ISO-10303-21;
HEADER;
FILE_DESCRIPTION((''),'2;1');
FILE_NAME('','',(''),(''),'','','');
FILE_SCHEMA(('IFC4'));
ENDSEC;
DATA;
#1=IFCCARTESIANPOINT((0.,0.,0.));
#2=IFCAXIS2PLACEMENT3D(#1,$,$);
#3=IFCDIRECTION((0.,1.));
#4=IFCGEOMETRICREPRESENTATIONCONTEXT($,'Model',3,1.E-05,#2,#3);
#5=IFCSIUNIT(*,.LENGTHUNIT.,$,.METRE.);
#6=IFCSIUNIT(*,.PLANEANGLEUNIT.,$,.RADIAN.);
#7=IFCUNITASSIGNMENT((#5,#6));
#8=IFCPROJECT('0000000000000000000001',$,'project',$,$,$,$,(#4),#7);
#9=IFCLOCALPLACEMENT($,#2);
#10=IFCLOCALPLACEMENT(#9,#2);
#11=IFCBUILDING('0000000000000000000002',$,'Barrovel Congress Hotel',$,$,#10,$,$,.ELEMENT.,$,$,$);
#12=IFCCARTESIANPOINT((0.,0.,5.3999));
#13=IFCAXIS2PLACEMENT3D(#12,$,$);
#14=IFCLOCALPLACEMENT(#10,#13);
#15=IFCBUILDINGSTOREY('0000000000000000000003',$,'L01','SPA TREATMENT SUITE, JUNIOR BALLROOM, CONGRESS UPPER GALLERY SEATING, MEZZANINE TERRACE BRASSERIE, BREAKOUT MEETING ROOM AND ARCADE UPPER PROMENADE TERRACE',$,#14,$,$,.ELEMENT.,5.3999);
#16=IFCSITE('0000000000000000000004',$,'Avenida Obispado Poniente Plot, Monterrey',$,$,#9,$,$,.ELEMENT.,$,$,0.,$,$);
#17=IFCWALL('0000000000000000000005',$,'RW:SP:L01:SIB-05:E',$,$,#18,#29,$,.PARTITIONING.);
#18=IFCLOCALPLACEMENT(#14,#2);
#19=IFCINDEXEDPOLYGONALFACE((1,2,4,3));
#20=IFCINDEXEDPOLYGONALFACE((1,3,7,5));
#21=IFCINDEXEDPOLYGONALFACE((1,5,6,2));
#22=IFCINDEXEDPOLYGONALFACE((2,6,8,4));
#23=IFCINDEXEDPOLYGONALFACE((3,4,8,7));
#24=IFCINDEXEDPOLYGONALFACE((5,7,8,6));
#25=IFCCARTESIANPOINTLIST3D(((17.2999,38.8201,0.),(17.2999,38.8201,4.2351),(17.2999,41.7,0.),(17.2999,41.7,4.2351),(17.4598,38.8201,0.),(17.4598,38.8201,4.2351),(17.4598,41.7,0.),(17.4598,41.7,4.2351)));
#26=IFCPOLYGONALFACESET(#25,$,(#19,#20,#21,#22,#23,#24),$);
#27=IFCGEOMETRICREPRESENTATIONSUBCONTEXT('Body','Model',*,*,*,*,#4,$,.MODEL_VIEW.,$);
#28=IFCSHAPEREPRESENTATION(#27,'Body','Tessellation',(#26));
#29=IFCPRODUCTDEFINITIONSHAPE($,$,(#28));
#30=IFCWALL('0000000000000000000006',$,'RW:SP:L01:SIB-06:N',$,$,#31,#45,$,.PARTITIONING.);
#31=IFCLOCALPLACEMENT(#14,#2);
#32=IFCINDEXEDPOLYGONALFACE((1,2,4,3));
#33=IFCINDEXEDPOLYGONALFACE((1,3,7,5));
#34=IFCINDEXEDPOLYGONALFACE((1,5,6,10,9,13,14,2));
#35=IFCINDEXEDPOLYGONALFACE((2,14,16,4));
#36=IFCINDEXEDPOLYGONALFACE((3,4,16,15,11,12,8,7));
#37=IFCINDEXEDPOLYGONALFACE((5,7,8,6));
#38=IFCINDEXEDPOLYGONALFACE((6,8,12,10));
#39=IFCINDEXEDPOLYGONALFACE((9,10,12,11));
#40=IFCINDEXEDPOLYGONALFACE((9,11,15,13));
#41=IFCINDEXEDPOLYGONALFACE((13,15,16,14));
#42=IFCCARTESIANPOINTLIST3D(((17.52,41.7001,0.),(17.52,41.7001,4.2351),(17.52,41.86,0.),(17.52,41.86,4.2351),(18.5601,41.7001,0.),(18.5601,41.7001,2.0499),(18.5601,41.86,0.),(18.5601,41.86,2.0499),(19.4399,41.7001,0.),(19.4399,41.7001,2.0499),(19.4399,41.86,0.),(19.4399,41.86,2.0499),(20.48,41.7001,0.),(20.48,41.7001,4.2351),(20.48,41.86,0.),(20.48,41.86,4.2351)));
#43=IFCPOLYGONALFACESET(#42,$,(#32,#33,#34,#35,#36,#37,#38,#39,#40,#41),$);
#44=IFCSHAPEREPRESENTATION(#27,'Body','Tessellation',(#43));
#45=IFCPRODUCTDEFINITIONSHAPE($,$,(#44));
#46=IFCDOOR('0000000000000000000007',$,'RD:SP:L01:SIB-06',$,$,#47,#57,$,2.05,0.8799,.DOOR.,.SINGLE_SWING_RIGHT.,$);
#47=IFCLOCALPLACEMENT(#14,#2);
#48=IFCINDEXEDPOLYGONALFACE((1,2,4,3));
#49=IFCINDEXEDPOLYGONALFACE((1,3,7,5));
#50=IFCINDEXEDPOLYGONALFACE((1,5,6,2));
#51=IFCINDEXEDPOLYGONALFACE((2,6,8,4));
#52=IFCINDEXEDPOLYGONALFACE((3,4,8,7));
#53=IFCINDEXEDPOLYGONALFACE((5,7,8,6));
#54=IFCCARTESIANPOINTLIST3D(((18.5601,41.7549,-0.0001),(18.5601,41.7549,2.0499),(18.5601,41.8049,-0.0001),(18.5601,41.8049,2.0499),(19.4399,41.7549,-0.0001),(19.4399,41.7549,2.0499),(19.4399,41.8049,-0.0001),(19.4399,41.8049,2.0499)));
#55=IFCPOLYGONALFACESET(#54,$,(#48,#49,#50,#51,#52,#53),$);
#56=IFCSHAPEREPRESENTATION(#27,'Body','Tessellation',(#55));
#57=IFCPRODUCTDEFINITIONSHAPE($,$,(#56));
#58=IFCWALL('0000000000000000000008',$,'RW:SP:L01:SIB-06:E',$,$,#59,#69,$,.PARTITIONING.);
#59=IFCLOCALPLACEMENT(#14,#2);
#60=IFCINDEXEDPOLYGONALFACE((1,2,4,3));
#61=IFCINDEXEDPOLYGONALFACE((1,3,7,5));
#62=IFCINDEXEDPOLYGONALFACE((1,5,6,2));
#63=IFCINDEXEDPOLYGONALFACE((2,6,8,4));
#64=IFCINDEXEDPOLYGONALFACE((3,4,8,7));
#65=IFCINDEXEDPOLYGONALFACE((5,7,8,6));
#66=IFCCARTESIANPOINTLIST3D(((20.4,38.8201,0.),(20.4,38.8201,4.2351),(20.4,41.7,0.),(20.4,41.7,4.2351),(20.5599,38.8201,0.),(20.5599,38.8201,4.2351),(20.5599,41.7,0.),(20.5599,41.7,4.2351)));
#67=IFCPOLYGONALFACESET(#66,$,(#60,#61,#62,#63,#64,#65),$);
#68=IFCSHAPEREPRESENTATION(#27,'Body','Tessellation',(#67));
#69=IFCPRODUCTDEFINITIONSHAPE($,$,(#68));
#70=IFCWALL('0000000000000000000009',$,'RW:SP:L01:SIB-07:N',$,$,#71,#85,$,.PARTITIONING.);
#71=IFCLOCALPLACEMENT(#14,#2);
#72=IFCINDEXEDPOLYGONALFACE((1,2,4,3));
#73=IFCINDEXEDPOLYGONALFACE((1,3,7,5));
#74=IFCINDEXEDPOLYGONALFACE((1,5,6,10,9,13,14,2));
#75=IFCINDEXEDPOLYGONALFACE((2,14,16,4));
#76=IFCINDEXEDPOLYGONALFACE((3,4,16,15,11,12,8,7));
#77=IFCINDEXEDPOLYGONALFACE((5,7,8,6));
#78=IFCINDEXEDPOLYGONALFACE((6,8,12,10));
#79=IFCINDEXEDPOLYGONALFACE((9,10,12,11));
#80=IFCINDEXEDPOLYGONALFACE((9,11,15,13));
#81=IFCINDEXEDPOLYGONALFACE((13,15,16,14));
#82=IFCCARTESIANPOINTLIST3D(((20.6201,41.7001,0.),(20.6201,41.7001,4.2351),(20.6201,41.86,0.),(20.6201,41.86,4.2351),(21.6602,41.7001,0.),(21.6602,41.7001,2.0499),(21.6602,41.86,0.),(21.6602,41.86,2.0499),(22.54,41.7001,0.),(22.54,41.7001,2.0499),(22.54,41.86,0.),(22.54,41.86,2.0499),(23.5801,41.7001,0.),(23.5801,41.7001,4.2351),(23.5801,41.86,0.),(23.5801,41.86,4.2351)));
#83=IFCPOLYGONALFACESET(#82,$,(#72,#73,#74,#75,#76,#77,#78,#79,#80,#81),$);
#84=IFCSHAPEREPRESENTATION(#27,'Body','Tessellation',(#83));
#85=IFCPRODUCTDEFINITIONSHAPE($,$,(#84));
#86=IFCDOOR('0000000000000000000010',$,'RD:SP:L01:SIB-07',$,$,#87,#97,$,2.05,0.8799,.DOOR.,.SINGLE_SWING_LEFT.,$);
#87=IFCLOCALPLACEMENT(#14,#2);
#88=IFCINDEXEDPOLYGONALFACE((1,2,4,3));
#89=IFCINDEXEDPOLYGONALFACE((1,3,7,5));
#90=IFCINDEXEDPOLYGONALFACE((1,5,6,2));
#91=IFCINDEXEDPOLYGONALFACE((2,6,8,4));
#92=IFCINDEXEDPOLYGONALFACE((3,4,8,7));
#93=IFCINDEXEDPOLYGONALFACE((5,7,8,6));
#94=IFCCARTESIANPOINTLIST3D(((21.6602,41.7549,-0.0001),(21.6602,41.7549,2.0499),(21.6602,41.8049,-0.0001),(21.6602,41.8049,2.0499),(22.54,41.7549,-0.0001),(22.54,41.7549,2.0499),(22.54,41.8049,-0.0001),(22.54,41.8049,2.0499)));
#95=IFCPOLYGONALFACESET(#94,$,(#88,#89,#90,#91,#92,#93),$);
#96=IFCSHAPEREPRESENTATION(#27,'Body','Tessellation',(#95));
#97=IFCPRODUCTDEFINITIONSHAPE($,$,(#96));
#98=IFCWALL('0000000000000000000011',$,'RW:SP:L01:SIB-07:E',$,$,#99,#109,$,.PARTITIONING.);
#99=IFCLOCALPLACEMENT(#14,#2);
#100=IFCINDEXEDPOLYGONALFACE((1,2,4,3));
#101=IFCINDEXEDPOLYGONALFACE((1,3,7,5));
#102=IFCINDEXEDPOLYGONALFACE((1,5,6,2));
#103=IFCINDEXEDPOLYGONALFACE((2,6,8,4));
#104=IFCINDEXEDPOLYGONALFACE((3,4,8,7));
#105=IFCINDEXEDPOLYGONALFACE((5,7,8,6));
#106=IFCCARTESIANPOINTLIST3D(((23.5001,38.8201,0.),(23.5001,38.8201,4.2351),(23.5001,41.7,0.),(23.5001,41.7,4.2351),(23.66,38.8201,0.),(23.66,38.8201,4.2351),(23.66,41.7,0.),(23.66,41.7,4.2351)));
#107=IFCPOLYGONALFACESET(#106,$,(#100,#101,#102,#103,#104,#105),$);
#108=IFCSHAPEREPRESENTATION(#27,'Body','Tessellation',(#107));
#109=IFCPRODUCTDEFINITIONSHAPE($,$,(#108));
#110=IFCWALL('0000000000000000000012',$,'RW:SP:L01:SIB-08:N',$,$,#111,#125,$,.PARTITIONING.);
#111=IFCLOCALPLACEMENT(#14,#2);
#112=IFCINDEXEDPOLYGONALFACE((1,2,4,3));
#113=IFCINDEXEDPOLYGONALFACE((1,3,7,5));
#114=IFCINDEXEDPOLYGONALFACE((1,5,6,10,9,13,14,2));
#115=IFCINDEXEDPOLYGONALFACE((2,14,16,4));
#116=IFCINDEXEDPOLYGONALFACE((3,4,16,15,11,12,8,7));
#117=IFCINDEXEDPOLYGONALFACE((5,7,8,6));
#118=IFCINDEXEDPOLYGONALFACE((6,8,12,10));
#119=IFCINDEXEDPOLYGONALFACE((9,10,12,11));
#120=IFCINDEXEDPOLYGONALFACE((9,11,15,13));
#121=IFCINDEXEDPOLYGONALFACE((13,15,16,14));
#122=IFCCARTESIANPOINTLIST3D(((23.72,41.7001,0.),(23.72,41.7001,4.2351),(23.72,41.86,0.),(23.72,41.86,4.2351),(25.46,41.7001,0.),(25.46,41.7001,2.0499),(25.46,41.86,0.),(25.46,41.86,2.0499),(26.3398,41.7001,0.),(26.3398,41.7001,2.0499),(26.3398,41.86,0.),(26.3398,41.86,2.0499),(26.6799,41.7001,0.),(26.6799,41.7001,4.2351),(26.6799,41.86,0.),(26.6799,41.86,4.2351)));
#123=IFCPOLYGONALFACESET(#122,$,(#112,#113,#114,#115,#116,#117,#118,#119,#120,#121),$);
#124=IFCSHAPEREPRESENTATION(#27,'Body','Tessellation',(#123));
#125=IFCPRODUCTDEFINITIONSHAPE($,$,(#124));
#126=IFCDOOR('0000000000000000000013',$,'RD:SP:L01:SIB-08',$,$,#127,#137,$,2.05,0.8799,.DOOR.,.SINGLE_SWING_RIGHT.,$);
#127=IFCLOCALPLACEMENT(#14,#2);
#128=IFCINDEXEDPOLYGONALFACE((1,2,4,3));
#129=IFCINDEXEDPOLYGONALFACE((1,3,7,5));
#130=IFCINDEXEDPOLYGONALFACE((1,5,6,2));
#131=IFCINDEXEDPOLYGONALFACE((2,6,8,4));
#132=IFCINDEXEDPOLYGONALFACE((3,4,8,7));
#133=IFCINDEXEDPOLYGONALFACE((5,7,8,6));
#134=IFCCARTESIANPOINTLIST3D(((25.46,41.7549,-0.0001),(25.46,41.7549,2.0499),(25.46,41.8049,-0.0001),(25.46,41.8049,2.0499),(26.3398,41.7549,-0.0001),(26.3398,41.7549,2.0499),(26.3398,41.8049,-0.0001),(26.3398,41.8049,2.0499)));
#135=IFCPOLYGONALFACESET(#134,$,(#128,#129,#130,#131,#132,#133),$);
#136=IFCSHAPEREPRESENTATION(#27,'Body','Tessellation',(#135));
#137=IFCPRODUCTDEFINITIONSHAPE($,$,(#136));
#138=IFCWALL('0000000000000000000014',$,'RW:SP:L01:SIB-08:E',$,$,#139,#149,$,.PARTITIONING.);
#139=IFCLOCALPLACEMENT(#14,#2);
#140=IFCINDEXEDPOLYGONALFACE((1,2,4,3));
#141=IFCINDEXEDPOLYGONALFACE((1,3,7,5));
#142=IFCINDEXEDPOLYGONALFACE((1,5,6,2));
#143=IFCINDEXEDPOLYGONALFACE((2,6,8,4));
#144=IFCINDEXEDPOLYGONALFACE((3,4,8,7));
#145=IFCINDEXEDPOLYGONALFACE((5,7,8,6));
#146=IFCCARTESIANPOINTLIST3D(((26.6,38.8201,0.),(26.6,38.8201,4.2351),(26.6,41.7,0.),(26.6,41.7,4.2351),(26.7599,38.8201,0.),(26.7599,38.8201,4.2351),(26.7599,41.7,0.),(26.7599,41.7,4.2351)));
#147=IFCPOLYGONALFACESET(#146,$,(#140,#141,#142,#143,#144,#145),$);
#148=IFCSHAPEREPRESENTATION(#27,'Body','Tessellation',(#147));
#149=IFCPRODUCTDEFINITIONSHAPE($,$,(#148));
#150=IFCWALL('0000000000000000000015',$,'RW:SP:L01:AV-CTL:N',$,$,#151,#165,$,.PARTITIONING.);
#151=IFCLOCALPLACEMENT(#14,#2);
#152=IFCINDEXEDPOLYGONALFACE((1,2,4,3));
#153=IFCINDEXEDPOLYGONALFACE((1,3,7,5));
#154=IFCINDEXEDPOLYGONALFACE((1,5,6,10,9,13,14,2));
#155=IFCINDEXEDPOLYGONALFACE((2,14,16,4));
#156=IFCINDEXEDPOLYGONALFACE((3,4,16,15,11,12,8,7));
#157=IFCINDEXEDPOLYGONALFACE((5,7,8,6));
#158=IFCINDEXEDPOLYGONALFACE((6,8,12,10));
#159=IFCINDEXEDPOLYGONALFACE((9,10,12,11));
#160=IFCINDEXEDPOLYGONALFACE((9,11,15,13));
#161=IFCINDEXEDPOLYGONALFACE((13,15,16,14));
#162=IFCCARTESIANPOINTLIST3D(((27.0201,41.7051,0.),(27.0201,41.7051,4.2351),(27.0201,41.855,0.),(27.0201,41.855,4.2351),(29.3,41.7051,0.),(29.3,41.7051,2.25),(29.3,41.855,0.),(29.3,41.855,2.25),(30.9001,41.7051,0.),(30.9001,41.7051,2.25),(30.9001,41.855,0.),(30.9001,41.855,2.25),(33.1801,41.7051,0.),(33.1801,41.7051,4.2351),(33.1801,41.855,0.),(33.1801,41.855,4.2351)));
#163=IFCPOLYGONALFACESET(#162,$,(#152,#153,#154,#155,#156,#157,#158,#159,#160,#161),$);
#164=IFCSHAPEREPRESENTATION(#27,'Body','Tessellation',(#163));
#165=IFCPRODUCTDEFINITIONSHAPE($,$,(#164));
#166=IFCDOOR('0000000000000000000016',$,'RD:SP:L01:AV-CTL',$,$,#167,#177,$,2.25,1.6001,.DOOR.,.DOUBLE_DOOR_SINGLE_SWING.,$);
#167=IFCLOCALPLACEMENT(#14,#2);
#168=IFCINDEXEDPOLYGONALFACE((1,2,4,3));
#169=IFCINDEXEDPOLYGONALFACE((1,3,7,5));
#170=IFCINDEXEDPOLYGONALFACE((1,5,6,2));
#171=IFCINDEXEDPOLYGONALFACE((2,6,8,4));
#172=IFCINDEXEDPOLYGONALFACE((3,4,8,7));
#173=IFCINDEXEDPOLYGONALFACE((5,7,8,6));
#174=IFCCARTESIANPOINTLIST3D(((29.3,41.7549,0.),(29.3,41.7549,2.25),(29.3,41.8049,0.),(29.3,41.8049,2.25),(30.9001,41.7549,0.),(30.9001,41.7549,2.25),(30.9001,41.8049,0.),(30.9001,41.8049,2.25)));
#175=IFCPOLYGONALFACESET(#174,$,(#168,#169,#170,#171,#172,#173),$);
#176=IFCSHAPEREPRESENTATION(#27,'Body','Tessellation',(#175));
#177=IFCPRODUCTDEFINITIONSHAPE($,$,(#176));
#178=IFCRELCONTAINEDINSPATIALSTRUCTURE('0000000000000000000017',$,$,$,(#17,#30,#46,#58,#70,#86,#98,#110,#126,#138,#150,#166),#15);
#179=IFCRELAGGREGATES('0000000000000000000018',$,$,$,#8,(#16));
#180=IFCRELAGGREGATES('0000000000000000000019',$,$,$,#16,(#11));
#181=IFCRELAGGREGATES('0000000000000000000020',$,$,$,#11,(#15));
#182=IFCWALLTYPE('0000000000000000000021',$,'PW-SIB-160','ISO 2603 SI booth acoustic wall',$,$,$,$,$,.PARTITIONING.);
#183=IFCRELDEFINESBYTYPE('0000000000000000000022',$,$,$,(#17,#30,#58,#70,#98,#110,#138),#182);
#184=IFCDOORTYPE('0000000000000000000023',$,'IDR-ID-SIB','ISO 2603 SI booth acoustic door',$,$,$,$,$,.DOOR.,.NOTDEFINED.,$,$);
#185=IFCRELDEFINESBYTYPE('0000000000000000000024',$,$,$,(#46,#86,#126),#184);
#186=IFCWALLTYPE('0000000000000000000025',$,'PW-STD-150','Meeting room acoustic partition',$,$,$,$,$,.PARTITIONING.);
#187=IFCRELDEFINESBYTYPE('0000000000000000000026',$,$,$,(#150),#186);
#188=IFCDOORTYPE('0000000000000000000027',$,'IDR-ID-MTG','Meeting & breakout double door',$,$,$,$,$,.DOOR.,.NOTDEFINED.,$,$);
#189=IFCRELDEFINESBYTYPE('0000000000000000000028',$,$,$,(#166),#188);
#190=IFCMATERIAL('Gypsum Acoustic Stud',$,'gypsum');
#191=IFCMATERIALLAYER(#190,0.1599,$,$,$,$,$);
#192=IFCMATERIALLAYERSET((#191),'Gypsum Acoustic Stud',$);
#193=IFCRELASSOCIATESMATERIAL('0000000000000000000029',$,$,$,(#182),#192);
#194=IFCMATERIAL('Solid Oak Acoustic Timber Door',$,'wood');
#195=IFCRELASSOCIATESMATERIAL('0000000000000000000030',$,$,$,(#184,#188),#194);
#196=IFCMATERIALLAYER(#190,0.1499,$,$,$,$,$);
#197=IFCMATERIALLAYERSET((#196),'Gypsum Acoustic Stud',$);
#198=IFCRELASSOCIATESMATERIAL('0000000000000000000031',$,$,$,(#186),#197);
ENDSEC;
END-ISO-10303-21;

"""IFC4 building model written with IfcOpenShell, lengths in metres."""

from ifc_helpers import new_model, si_unit, direction, frame, frame_2d, origin, place, context, subcontext, project, spatial, rectangle, extrude, material, layer, layer_set, type_object, element, fill, save


model = new_model("IFC4")

# Units and contexts
model_context = context("Model", 3, precision=1e-05, world=origin(), true_north=direction((0.0, 1.0)))
body_context = subcontext(model_context, "Body", "Model", "MODEL_VIEW")
ifc_project = project(units=[si_unit("LENGTHUNIT", "METRE"), si_unit("PLANEANGLEUNIT", "RADIAN")], contexts=[model_context])

# Site, building, storey
site_placement = place(None, origin())
site = spatial("IfcSite", under=ifc_project, at=site_placement, Name="Avenida Obispado Poniente Plot, Monterrey", CompositionType="ELEMENT", RefElevation=0.0)
building_placement = place(site_placement, origin())
building = spatial("IfcBuilding", under=site, at=building_placement, Name="Barrovel Congress Hotel", CompositionType="ELEMENT")
storey_placement = place(building_placement, frame((0.0, 0.0, 5.3999)))
storey = spatial("IfcBuildingStorey", under=building, at=storey_placement, Name="L01", Description="SPA TREATMENT SUITE, JUNIOR BALLROOM, CONGRESS UPPER GALLERY SEATING, MEZZANINE TERRACE BRASSERIE, BREAKOUT MEETING ROOM AND ARCADE UPPER PROMENADE TERRACE", CompositionType="ELEMENT", Elevation=5.3999)

# Wall
ifc_material_1 = material(Name="Gypsum Acoustic Stud", Category="gypsum")
ifc_layer_1 = layer(ifc_material_1, 0.1599)
ifc_layer_set_1 = layer_set([ifc_layer_1], Name="Gypsum Acoustic Stud")
wall_type_1 = type_object("IfcWallType", Name="PW-SIB-160", Description="ISO 2603 SI booth acoustic wall", PredefinedType="PARTITIONING", material=ifc_layer_set_1)
wall_1_placement = place(storey_placement, frame((17.3799, 38.8201, 0.0), z_axis=(0.0, 0.0, 1.0), x_axis=(0.0, 1.0, 0.0)))
element("IfcWall", 1, at=wall_1_placement, inside=storey, type_object=wall_type_1, Name="RW:SP:L01:SIB-05:E", PredefinedType="PARTITIONING", context=body_context, shape_type="SweptSolid", body=[
    extrude(rectangle(XDim=2.8799, YDim=0.1599, at=frame_2d((1.4399, 0.0))), origin(), (0.0, 0.0, 1.0), 4.2351),
])

# Wall, opening, door
wall_2_placement = place(storey_placement, frame((17.52, 41.78, 0.0), z_axis=(0.0, 0.0, 1.0), x_axis=(1.0, 0.0, 0.0)))
wall_2 = element("IfcWall", 2, at=wall_2_placement, inside=storey, type_object=wall_type_1, Name="RW:SP:L01:SIB-06:N", PredefinedType="PARTITIONING", context=body_context, shape_type="SweptSolid", body=[
    extrude(rectangle(XDim=2.96, YDim=0.1599, at=frame_2d((1.48, 0.0))), origin(), (0.0, 0.0, 1.0), 4.2351),
])
opening_1_placement = place(wall_2_placement, frame((1.04, 0.0, 0.0)))
opening_1 = element("IfcOpeningElement", 3, at=opening_1_placement, cuts=wall_2, PredefinedType="OPENING", context=body_context, shape_type="SweptSolid", body=[
    extrude(rectangle(XDim=0.8799, YDim=2.05, at=frame_2d((0.4399, 1.0249))), frame((0.0, 0.0898, 0.0), z_axis=(0.0, -1.0, 0.0), x_axis=(1.0, 0.0, 0.0)), (0.0, 0.0, 1.0), 0.1799),
])
ifc_material_2 = material(Name="Solid Oak Acoustic Timber Door", Category="wood")
door_type_1 = type_object("IfcDoorType", Name="IDR-ID-SIB", Description="ISO 2603 SI booth acoustic door", OperationType="NOTDEFINED", PredefinedType="DOOR", material=ifc_material_2)
door_1_placement = place(opening_1_placement, origin())
door_1 = element("IfcDoor", 4, at=door_1_placement, inside=storey, type_object=door_type_1, Name="RD:SP:L01:SIB-06", OperationType="SINGLE_SWING_RIGHT", OverallHeight=2.05, OverallWidth=0.8799, PredefinedType="DOOR", context=body_context, shape_type="SweptSolid", body=[
    extrude(rectangle(XDim=0.8799, YDim=2.05, at=frame_2d((0.4399, 1.0249))), frame((0.0, 0.0249, 0.0), z_axis=(0.0, -1.0, 0.0), x_axis=(1.0, 0.0, 0.0)), (0.0, 0.0, 1.0), 0.05),
])
fill(opening_1, door_1)

# Wall
wall_3_placement = place(storey_placement, frame((20.48, 38.8201, 0.0), z_axis=(0.0, 0.0, 1.0), x_axis=(0.0, 1.0, 0.0)))
element("IfcWall", 5, at=wall_3_placement, inside=storey, type_object=wall_type_1, Name="RW:SP:L01:SIB-06:E", PredefinedType="PARTITIONING", context=body_context, shape_type="SweptSolid", body=[
    extrude(rectangle(XDim=2.8799, YDim=0.1599, at=frame_2d((1.4399, 0.0))), origin(), (0.0, 0.0, 1.0), 4.2351),
])

# Wall, opening, door
wall_4_placement = place(storey_placement, frame((20.6201, 41.78, 0.0), z_axis=(0.0, 0.0, 1.0), x_axis=(1.0, 0.0, 0.0)))
wall_4 = element("IfcWall", 6, at=wall_4_placement, inside=storey, type_object=wall_type_1, Name="RW:SP:L01:SIB-07:N", PredefinedType="PARTITIONING", context=body_context, shape_type="SweptSolid", body=[
    extrude(rectangle(XDim=2.96, YDim=0.1599, at=frame_2d((1.48, 0.0))), origin(), (0.0, 0.0, 1.0), 4.2351),
])
opening_2_placement = place(wall_4_placement, frame((1.04, 0.0, 0.0)))
opening_2 = element("IfcOpeningElement", 7, at=opening_2_placement, cuts=wall_4, PredefinedType="OPENING", context=body_context, shape_type="SweptSolid", body=[
    extrude(rectangle(XDim=0.8799, YDim=2.05, at=frame_2d((0.4399, 1.0249))), frame((0.0, 0.0898, 0.0), z_axis=(0.0, -1.0, 0.0), x_axis=(1.0, 0.0, 0.0)), (0.0, 0.0, 1.0), 0.1799),
])
door_2_placement = place(opening_2_placement, origin())
door_2 = element("IfcDoor", 8, at=door_2_placement, inside=storey, type_object=door_type_1, Name="RD:SP:L01:SIB-07", OperationType="SINGLE_SWING_LEFT", OverallHeight=2.05, OverallWidth=0.8799, PredefinedType="DOOR", context=body_context, shape_type="SweptSolid", body=[
    extrude(rectangle(XDim=0.8799, YDim=2.05, at=frame_2d((0.4399, 1.0249))), frame((0.0, 0.0249, 0.0), z_axis=(0.0, -1.0, 0.0), x_axis=(1.0, 0.0, 0.0)), (0.0, 0.0, 1.0), 0.05),
])
fill(opening_2, door_2)

# Wall
wall_5_placement = place(storey_placement, frame((23.5801, 38.8201, 0.0), z_axis=(0.0, 0.0, 1.0), x_axis=(0.0, 1.0, 0.0)))
element("IfcWall", 9, at=wall_5_placement, inside=storey, type_object=wall_type_1, Name="RW:SP:L01:SIB-07:E", PredefinedType="PARTITIONING", context=body_context, shape_type="SweptSolid", body=[
    extrude(rectangle(XDim=2.8799, YDim=0.1599, at=frame_2d((1.4399, 0.0))), origin(), (0.0, 0.0, 1.0), 4.2351),
])

# Wall, opening, door
wall_6_placement = place(storey_placement, frame((23.72, 41.78, 0.0), z_axis=(0.0, 0.0, 1.0), x_axis=(1.0, 0.0, 0.0)))
wall_6 = element("IfcWall", 10, at=wall_6_placement, inside=storey, type_object=wall_type_1, Name="RW:SP:L01:SIB-08:N", PredefinedType="PARTITIONING", context=body_context, shape_type="SweptSolid", body=[
    extrude(rectangle(XDim=2.96, YDim=0.1599, at=frame_2d((1.48, 0.0))), origin(), (0.0, 0.0, 1.0), 4.2351),
])
opening_3_placement = place(wall_6_placement, frame((1.74, 0.0, 0.0)))
opening_3 = element("IfcOpeningElement", 11, at=opening_3_placement, cuts=wall_6, PredefinedType="OPENING", context=body_context, shape_type="SweptSolid", body=[
    extrude(rectangle(XDim=0.8799, YDim=2.05, at=frame_2d((0.4399, 1.0249))), frame((0.0, 0.0898, 0.0), z_axis=(0.0, -1.0, 0.0), x_axis=(1.0, 0.0, 0.0)), (0.0, 0.0, 1.0), 0.1799),
])
door_3_placement = place(opening_3_placement, origin())
door_3 = element("IfcDoor", 12, at=door_3_placement, inside=storey, type_object=door_type_1, Name="RD:SP:L01:SIB-08", OperationType="SINGLE_SWING_RIGHT", OverallHeight=2.05, OverallWidth=0.8799, PredefinedType="DOOR", context=body_context, shape_type="SweptSolid", body=[
    extrude(rectangle(XDim=0.8799, YDim=2.05, at=frame_2d((0.4399, 1.0249))), frame((0.0, 0.0249, 0.0), z_axis=(0.0, -1.0, 0.0), x_axis=(1.0, 0.0, 0.0)), (0.0, 0.0, 1.0), 0.05),
])
fill(opening_3, door_3)

# Wall
wall_7_placement = place(storey_placement, frame((26.6799, 38.8201, 0.0), z_axis=(0.0, 0.0, 1.0), x_axis=(0.0, 1.0, 0.0)))
element("IfcWall", 13, at=wall_7_placement, inside=storey, type_object=wall_type_1, Name="RW:SP:L01:SIB-08:E", PredefinedType="PARTITIONING", context=body_context, shape_type="SweptSolid", body=[
    extrude(rectangle(XDim=2.8799, YDim=0.1599, at=frame_2d((1.4399, 0.0))), origin(), (0.0, 0.0, 1.0), 4.2351),
])

# Wall, opening, door
ifc_layer_2 = layer(ifc_material_1, 0.1499)
ifc_layer_set_2 = layer_set([ifc_layer_2], Name="Gypsum Acoustic Stud")
wall_type_2 = type_object("IfcWallType", Name="PW-STD-150", Description="Meeting room acoustic partition", PredefinedType="PARTITIONING", material=ifc_layer_set_2)
wall_8_placement = place(storey_placement, frame((27.02, 41.78, 0.0), z_axis=(0.0, 0.0, 1.0), x_axis=(1.0, 0.0, 0.0)))
wall_8 = element("IfcWall", 14, at=wall_8_placement, inside=storey, type_object=wall_type_2, Name="RW:SP:L01:AV-CTL:N", PredefinedType="PARTITIONING", context=body_context, shape_type="SweptSolid", body=[
    extrude(rectangle(XDim=6.1599, YDim=0.1499, at=frame_2d((3.0801, 0.0))), origin(), (0.0, 0.0, 1.0), 4.2351),
])
opening_4_placement = place(wall_8_placement, frame((2.28, 0.0, 0.0)))
opening_4 = element("IfcOpeningElement", 15, at=opening_4_placement, cuts=wall_8, PredefinedType="OPENING", context=body_context, shape_type="SweptSolid", body=[
    extrude(rectangle(XDim=1.6001, YDim=2.25, at=frame_2d((0.8, 1.125))), frame((0.0, 0.085, 0.0), z_axis=(0.0, -1.0, 0.0), x_axis=(1.0, 0.0, 0.0)), (0.0, 0.0, 1.0), 0.1699),
])
door_type_2 = type_object("IfcDoorType", Name="IDR-ID-MTG", Description="Meeting & breakout double door", OperationType="NOTDEFINED", PredefinedType="DOOR", material=ifc_material_2)
door_4_placement = place(opening_4_placement, origin())
door_4 = element("IfcDoor", 16, at=door_4_placement, inside=storey, type_object=door_type_2, Name="RD:SP:L01:AV-CTL", OperationType="DOUBLE_DOOR_SINGLE_SWING", OverallHeight=2.25, OverallWidth=1.6001, PredefinedType="DOOR", context=body_context, shape_type="SweptSolid", body=[
    extrude(rectangle(XDim=1.6001, YDim=2.25, at=frame_2d((0.8, 1.125))), frame((0.0, 0.0249, 0.0), z_axis=(0.0, -1.0, 0.0), x_axis=(1.0, 0.0, 0.0)), (0.0, 0.0, 1.0), 0.05),
])
fill(opening_4, door_4)

save(model, "model.ifc")
